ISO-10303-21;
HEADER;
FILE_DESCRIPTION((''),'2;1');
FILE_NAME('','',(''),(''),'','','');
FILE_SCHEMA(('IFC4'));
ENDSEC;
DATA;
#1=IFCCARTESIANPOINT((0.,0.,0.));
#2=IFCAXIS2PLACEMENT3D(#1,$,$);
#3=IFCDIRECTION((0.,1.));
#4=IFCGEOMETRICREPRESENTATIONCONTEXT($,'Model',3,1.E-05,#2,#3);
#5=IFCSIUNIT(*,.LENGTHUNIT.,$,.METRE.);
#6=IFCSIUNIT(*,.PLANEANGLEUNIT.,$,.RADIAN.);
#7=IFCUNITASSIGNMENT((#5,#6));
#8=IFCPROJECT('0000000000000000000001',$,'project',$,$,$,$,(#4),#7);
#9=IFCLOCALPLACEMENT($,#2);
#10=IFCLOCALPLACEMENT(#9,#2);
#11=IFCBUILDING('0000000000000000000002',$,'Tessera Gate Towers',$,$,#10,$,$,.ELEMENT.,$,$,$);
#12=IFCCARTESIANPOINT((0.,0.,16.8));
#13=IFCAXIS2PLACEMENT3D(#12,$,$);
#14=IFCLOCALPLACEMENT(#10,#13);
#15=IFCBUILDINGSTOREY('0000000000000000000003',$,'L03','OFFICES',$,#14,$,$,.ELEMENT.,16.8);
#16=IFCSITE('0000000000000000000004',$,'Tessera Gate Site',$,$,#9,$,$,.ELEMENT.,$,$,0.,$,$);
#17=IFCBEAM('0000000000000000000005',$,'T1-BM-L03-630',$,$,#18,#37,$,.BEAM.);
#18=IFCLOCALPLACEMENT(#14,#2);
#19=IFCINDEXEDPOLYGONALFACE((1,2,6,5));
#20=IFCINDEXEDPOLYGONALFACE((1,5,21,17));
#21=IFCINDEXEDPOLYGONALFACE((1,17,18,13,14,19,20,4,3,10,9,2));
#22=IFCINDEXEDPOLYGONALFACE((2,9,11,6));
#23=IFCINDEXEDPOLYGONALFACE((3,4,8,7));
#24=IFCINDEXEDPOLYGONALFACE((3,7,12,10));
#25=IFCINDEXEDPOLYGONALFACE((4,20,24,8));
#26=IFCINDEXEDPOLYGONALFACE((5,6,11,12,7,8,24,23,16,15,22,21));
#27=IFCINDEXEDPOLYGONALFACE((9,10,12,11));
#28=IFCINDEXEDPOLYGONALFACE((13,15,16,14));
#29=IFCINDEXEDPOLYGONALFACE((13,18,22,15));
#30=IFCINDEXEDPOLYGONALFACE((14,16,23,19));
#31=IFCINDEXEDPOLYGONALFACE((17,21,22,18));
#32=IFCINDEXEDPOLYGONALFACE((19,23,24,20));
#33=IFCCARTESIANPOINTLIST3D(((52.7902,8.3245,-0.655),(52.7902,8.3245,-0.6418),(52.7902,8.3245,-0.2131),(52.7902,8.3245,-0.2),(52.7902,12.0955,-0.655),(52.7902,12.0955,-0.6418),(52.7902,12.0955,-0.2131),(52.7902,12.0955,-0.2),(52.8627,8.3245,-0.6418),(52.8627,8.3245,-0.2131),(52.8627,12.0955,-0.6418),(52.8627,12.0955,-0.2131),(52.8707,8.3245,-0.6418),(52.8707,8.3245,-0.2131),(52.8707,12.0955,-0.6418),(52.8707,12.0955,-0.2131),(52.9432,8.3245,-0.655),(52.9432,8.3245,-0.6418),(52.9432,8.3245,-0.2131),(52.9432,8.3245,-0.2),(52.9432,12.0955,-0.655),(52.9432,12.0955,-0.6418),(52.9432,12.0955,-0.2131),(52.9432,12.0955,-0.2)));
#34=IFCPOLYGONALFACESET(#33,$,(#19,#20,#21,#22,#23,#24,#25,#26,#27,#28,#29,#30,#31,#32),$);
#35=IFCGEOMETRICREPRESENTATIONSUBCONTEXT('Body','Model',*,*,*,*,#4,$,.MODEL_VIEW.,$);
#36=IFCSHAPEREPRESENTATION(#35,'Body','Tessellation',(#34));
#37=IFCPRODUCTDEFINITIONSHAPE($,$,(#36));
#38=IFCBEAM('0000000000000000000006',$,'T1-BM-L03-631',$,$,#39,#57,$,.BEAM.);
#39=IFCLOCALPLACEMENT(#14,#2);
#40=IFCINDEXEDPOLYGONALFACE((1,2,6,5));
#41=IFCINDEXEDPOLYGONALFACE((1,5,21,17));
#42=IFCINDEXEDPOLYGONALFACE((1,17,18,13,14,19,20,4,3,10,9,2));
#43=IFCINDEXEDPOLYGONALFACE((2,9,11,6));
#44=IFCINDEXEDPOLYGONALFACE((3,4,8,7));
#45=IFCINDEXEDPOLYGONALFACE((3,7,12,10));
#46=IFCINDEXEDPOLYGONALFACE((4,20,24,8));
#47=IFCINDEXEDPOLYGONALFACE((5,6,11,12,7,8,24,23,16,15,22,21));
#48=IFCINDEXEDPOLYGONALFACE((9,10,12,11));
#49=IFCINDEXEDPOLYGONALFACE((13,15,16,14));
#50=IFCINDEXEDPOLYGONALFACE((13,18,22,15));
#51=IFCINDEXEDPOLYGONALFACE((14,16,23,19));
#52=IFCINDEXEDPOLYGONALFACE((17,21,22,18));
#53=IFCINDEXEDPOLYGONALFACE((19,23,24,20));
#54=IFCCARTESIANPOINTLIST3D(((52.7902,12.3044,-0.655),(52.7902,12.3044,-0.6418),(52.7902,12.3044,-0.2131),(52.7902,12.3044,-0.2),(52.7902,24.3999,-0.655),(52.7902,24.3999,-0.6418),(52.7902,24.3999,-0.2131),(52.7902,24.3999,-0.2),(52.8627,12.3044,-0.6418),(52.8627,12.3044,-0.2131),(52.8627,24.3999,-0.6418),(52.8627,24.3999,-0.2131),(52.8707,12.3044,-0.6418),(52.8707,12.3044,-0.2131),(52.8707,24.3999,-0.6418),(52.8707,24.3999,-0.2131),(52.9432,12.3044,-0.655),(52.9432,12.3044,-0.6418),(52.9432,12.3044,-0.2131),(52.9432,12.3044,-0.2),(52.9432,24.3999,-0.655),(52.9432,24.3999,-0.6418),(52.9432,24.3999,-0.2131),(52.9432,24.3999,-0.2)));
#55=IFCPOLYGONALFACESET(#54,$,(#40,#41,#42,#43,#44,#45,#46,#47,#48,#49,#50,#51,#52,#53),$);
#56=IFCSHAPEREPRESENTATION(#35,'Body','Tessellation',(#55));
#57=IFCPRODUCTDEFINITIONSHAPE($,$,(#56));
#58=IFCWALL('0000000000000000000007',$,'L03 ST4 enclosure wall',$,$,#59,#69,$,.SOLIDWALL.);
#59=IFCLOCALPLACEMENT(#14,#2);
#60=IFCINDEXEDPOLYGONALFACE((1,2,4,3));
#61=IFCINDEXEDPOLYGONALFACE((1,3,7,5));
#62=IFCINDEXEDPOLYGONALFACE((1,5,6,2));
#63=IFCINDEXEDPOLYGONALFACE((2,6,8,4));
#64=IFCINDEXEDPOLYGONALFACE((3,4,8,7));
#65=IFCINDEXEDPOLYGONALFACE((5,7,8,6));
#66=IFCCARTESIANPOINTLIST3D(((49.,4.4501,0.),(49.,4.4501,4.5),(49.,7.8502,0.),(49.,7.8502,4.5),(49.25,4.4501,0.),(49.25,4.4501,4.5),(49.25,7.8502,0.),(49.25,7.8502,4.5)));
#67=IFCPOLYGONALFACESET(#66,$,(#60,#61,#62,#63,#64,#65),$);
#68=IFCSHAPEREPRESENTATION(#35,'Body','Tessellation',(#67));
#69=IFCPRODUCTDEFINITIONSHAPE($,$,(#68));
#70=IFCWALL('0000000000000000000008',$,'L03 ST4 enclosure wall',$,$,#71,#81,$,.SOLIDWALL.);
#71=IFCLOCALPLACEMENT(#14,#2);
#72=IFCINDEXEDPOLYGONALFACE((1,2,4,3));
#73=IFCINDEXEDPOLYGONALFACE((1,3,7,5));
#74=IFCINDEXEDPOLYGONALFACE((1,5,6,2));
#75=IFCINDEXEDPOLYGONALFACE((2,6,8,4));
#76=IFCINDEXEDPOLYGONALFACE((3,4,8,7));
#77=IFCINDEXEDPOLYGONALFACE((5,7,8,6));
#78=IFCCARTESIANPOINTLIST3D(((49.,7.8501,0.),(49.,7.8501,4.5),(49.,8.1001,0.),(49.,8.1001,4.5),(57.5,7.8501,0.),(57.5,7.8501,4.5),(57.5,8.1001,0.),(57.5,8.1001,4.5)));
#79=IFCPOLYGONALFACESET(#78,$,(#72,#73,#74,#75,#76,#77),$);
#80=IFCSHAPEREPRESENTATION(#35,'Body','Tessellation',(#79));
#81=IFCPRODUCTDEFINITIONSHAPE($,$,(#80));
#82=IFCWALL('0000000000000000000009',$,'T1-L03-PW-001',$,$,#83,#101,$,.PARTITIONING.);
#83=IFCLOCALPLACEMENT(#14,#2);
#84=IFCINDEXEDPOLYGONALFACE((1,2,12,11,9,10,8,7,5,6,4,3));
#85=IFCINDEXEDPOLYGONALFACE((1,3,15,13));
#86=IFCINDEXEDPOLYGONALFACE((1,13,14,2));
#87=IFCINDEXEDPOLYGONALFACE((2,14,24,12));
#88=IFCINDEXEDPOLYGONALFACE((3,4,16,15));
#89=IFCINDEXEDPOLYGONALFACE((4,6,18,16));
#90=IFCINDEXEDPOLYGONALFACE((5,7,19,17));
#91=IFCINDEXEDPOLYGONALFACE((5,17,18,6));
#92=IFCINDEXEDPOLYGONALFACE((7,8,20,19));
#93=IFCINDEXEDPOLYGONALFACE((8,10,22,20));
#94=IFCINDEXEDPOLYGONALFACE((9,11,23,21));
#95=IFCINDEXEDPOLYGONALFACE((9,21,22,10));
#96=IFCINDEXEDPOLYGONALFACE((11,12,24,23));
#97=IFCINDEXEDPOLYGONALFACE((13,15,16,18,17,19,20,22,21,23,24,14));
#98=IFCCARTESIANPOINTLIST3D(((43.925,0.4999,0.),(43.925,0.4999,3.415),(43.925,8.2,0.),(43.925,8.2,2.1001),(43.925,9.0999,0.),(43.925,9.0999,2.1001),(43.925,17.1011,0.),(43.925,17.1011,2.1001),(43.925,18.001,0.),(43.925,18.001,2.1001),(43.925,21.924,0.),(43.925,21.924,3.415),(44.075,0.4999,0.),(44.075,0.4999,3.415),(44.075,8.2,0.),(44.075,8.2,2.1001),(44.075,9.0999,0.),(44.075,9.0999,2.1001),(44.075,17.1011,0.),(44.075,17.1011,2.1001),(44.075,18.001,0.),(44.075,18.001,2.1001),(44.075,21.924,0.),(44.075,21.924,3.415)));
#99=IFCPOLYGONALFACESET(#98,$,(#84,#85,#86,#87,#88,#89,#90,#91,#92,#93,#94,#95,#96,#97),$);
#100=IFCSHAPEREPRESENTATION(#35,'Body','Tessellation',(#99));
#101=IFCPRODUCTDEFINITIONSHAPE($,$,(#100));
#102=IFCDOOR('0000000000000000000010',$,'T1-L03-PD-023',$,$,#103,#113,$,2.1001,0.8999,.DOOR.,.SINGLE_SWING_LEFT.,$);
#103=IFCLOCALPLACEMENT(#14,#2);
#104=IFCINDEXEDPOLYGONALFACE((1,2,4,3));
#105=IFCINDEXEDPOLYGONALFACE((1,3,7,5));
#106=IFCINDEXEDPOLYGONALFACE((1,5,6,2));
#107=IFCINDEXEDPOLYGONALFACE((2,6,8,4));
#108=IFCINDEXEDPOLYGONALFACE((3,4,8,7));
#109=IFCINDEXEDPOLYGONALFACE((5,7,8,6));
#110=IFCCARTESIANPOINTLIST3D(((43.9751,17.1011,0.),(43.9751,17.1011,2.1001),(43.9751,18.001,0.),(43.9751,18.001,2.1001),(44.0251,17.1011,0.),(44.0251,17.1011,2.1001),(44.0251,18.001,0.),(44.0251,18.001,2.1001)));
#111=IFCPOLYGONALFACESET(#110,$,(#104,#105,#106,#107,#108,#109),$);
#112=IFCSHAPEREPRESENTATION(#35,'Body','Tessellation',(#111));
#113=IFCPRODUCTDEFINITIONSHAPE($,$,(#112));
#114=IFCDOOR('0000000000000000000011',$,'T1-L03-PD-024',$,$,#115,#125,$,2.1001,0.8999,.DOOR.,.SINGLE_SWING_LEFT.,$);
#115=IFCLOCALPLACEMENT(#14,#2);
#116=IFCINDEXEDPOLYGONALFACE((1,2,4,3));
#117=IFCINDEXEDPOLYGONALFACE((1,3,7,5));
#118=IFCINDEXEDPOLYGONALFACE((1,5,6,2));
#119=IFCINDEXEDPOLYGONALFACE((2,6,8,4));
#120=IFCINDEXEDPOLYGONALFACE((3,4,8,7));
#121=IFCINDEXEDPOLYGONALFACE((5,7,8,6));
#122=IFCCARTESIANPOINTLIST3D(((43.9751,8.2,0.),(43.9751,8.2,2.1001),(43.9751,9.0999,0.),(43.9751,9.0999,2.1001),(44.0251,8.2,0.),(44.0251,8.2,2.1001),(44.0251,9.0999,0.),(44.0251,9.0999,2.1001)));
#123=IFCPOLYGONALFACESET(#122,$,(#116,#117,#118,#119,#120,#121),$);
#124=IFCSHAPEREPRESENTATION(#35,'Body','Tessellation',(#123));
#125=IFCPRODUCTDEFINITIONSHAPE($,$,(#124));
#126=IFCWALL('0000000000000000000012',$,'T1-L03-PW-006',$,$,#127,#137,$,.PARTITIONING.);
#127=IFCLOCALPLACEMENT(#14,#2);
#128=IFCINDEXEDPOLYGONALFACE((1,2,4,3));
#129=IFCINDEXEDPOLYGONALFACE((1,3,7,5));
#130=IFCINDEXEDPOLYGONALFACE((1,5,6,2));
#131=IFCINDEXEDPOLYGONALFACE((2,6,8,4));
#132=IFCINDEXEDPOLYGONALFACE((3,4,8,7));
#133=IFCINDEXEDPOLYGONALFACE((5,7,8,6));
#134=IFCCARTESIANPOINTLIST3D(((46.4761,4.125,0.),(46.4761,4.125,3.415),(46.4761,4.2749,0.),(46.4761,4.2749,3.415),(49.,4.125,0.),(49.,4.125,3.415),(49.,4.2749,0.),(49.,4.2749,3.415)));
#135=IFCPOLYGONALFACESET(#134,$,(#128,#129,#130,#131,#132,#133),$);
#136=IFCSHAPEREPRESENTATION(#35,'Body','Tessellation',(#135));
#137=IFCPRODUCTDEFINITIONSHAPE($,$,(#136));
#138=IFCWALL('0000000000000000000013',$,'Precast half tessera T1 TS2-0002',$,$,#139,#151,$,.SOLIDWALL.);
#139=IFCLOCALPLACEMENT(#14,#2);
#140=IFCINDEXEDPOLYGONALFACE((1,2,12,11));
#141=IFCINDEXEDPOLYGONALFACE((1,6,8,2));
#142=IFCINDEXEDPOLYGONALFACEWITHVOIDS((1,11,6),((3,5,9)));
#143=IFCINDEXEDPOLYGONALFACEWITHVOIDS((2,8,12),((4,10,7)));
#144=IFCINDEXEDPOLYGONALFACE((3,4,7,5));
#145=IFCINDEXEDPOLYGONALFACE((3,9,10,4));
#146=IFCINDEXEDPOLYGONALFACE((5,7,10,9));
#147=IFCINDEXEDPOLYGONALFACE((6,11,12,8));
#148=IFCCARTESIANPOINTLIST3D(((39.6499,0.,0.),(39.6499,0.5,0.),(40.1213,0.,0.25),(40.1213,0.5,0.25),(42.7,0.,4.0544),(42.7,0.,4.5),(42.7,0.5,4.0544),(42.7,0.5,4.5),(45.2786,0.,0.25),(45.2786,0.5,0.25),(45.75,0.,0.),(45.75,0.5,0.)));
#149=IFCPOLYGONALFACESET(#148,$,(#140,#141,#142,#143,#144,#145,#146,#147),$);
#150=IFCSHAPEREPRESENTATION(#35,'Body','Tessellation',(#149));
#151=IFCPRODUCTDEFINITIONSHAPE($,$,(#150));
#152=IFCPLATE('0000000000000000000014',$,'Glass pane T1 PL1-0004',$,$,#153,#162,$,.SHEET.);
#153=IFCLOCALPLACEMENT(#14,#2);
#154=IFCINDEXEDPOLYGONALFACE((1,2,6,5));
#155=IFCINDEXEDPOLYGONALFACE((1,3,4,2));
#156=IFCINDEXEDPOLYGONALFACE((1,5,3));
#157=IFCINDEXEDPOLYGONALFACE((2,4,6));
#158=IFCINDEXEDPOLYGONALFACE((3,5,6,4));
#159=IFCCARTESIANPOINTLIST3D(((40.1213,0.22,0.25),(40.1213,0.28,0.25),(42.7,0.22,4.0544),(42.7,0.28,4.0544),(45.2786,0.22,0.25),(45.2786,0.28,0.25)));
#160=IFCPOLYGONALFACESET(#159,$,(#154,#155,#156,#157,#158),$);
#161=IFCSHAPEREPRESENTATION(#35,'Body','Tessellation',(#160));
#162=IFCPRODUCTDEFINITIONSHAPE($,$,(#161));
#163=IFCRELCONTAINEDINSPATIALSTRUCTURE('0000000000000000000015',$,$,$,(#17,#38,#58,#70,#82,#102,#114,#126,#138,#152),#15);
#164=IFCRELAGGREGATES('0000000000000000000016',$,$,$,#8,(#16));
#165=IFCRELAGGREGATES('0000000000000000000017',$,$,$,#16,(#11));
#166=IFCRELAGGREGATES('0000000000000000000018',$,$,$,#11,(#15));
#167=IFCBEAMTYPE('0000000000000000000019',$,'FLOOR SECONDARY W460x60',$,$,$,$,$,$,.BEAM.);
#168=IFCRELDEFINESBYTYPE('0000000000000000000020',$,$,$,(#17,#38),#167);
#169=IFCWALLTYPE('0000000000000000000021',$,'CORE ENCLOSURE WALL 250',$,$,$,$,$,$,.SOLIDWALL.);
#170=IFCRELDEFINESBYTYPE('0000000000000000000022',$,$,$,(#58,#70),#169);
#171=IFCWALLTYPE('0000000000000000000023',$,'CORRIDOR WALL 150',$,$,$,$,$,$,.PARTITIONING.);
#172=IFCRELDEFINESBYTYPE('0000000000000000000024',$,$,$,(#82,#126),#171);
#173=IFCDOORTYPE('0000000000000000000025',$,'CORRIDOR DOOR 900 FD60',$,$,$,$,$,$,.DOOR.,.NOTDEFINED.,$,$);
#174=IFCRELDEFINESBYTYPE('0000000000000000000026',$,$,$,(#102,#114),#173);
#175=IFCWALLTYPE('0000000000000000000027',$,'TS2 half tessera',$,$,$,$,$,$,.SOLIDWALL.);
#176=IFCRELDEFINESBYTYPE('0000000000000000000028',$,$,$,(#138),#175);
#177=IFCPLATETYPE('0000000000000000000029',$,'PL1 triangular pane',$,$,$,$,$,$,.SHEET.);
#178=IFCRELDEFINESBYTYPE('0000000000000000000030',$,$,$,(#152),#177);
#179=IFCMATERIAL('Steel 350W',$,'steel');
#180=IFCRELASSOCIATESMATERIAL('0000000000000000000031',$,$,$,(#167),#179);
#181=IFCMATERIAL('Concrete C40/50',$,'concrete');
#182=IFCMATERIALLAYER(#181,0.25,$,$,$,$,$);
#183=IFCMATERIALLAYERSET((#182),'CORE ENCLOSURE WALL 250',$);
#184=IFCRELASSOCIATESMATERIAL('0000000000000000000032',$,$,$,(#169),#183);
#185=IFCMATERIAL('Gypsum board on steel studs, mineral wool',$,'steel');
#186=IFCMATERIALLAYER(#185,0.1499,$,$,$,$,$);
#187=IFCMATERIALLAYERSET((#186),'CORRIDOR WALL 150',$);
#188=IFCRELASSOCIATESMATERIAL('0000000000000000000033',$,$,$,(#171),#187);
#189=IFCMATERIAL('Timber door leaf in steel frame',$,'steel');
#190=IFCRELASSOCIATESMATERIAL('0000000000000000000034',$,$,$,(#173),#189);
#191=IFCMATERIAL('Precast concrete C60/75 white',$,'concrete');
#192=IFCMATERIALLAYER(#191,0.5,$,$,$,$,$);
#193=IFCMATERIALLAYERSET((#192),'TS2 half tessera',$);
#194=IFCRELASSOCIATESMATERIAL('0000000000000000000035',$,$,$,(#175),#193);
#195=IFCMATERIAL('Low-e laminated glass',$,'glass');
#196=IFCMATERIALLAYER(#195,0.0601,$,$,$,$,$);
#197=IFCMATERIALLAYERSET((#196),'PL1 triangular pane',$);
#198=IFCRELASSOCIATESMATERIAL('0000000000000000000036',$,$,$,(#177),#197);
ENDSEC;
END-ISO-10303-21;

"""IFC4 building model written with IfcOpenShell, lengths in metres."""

from ifc_helpers import new_model, si_unit, direction, frame, frame_2d, origin, origin_2d, place, context, subcontext, project, spatial, polyline, rectangle, i_section, outline, extrude, source, transform, mapped, material, layer, layer_set, material_profile, profile_set, type_object, element, fill, save


model = new_model("IFC4")

# Units and contexts
model_context = context("Model", 3, precision=1e-05, world=origin(), true_north=direction((0.0, 1.0)))
body_context = subcontext(model_context, "Body", "Model", "MODEL_VIEW")
ifc_project = project(units=[si_unit("LENGTHUNIT", "METRE"), si_unit("PLANEANGLEUNIT", "RADIAN")], contexts=[model_context])

# Site, building, storey
site_placement = place(None, origin())
site = spatial("IfcSite", under=ifc_project, at=site_placement, Name="Tessera Gate Site", CompositionType="ELEMENT", RefElevation=0.0)
building_placement = place(site_placement, origin())
building = spatial("IfcBuilding", under=site, at=building_placement, Name="Tessera Gate Towers", CompositionType="ELEMENT")
storey_placement = place(building_placement, frame((0.0, 0.0, 16.8)))
storey = spatial("IfcBuildingStorey", under=building, at=storey_placement, Name="L03", Description="OFFICES", CompositionType="ELEMENT", Elevation=16.8)

# Beams
ifc_material_1 = material(Name="Steel 350W", Category="steel")
ifc_material_profile_1 = material_profile(ifc_material_1, i_section(OverallWidth=0.1531, OverallDepth=0.4551, WebThickness=0.0081, FlangeThickness=0.0132, at=origin_2d()), Name="W460x60")
ifc_profile_set_1 = profile_set([ifc_material_profile_1], Name="Steel 350W")
beam_type_1 = type_object("IfcBeamType", Name="FLOOR SECONDARY W460x60", PredefinedType="BEAM", material=ifc_profile_set_1)
beam_1_placement = place(storey_placement, frame((52.8667, 8.3245, -0.4275), z_axis=(0.0, 1.0, 0.0), x_axis=(-1.0, 0.0, 0.0)))
element("IfcBeam", 1, at=beam_1_placement, inside=storey, type_object=beam_type_1, Name="T1-BM-L03-630", PredefinedType="BEAM", context=body_context, shape_type="SweptSolid", body=[
    extrude(i_section(OverallWidth=0.1531, OverallDepth=0.4551, WebThickness=0.0081, FlangeThickness=0.0132, at=origin_2d()), origin(), (0.0, 0.0, 1.0), 3.771),
])
beam_2_placement = place(storey_placement, frame((52.8667, 12.3044, -0.4275), z_axis=(0.0, 1.0, 0.0), x_axis=(-1.0, 0.0, 0.0)))
element("IfcBeam", 2, at=beam_2_placement, inside=storey, type_object=beam_type_1, Name="T1-BM-L03-631", PredefinedType="BEAM", context=body_context, shape_type="SweptSolid", body=[
    extrude(i_section(OverallWidth=0.1531, OverallDepth=0.4551, WebThickness=0.0081, FlangeThickness=0.0132, at=origin_2d()), origin(), (0.0, 0.0, 1.0), 12.0955),
])

# Walls
ifc_material_2 = material(Name="Concrete C40/50", Category="concrete")
ifc_layer_1 = layer(ifc_material_2, 0.25)
ifc_layer_set_1 = layer_set([ifc_layer_1], Name="CORE ENCLOSURE WALL 250")
wall_type_1 = type_object("IfcWallType", Name="CORE ENCLOSURE WALL 250", PredefinedType="SOLIDWALL", material=ifc_layer_set_1)
wall_1_placement = place(storey_placement, frame((49.125, 4.45, 0.0), z_axis=(0.0, 0.0, 1.0), x_axis=(0.0, 1.0, 0.0)))
element("IfcWall", 3, at=wall_1_placement, inside=storey, type_object=wall_type_1, Name="L03 ST4 enclosure wall", PredefinedType="SOLIDWALL", context=body_context, shape_type="SweptSolid", body=[
    extrude(rectangle(XDim=3.4001, YDim=0.25, at=frame_2d((1.7002, 0.0))), origin(), (0.0, 0.0, 1.0), 4.5),
])
wall_2_placement = place(storey_placement, frame((49.0, 7.9751, 0.0), z_axis=(0.0, 0.0, 1.0), x_axis=(1.0, 0.0, 0.0)))
element("IfcWall", 4, at=wall_2_placement, inside=storey, type_object=wall_type_1, Name="L03 ST4 enclosure wall", PredefinedType="SOLIDWALL", context=body_context, shape_type="SweptSolid", body=[
    extrude(rectangle(XDim=8.5, YDim=0.25, at=frame_2d((4.25, 0.0))), origin(), (0.0, 0.0, 1.0), 4.5),
])

# Wall, openings, doors
ifc_material_3 = material(Name="Gypsum board on steel studs, mineral wool", Category="steel")
ifc_layer_2 = layer(ifc_material_3, 0.1499)
ifc_layer_set_2 = layer_set([ifc_layer_2], Name="CORRIDOR WALL 150")
wall_type_2 = type_object("IfcWallType", Name="CORRIDOR WALL 150", PredefinedType="PARTITIONING", material=ifc_layer_set_2)
wall_3_placement = place(storey_placement, frame((44.0, 0.5, 0.0), z_axis=(0.0, 0.0, 1.0), x_axis=(0.0, 1.0, 0.0)))
wall_3 = element("IfcWall", 5, at=wall_3_placement, inside=storey, type_object=wall_type_2, Name="T1-L03-PW-001", PredefinedType="PARTITIONING", context=body_context, shape_type="SweptSolid", body=[
    extrude(rectangle(XDim=21.4241, YDim=0.1499, at=frame_2d((10.7119, 0.0))), origin(), (0.0, 0.0, 1.0), 3.415),
])
shared_shape_1 = source(origin(), body_context, "Body", "SweptSolid", [
    extrude(rectangle(XDim=0.8999, YDim=2.1001, at=frame_2d((0.45, 1.05))), frame((0.0, 0.085, 0.0), z_axis=(0.0, -1.0, 0.0), x_axis=(1.0, 0.0, 0.0)), (0.0, 0.0, 1.0), 0.1699),
])
opening_1_placement = place(wall_3_placement, frame((16.6011, 0.0, 0.0)))
opening_1 = element("IfcOpeningElement", 6, at=opening_1_placement, cuts=wall_3, PredefinedType="OPENING", context=body_context, shape_type="MappedRepresentation", body=[
    mapped(shared_shape_1, transform((0.0, 0.0, 0.0), scale=1.0)),
])
opening_2_placement = place(wall_3_placement, frame((7.7, 0.0, 0.0)))
opening_2 = element("IfcOpeningElement", 7, at=opening_2_placement, cuts=wall_3, PredefinedType="OPENING", context=body_context, shape_type="MappedRepresentation", body=[
    mapped(shared_shape_1, transform((0.0, 0.0, 0.0), scale=1.0)),
])
ifc_material_4 = material(Name="Timber door leaf in steel frame", Category="steel")
door_type = type_object("IfcDoorType", Name="CORRIDOR DOOR 900 FD60", OperationType="NOTDEFINED", PredefinedType="DOOR", material=ifc_material_4)
shared_shape_2 = source(origin(), body_context, "Body", "SweptSolid", [
    extrude(rectangle(XDim=0.8999, YDim=2.1001, at=frame_2d((0.45, 1.05))), frame((0.0, 0.0249, 0.0), z_axis=(0.0, -1.0, 0.0), x_axis=(1.0, 0.0, 0.0)), (0.0, 0.0, 1.0), 0.05),
])
door_1_placement = place(opening_1_placement, origin())
door_1 = element("IfcDoor", 8, at=door_1_placement, inside=storey, type_object=door_type, Name="T1-L03-PD-023", OperationType="SINGLE_SWING_LEFT", OverallHeight=2.1001, OverallWidth=0.8999, PredefinedType="DOOR", context=body_context, shape_type="MappedRepresentation", body=[
    mapped(shared_shape_2, transform((0.0, 0.0, 0.0), scale=1.0)),
])
fill(opening_1, door_1)
door_2_placement = place(opening_2_placement, origin())
door_2 = element("IfcDoor", 9, at=door_2_placement, inside=storey, type_object=door_type, Name="T1-L03-PD-024", OperationType="SINGLE_SWING_LEFT", OverallHeight=2.1001, OverallWidth=0.8999, PredefinedType="DOOR", context=body_context, shape_type="MappedRepresentation", body=[
    mapped(shared_shape_2, transform((0.0, 0.0, 0.0), scale=1.0)),
])
fill(opening_2, door_2)

# Wall
wall_4_placement = place(storey_placement, frame((46.4761, 4.2, 0.0), z_axis=(0.0, 0.0, 1.0), x_axis=(1.0, 0.0, 0.0)))
element("IfcWall", 10, at=wall_4_placement, inside=storey, type_object=wall_type_2, Name="T1-L03-PW-006", PredefinedType="PARTITIONING", context=body_context, shape_type="SweptSolid", body=[
    extrude(rectangle(XDim=2.5239, YDim=0.1499, at=frame_2d((1.262, 0.0))), origin(), (0.0, 0.0, 1.0), 3.415),
])

# Wall, opening, plate
ifc_material_5 = material(Name="Precast concrete C60/75 white", Category="concrete")
ifc_layer_3 = layer(ifc_material_5, 0.5)
ifc_layer_set_3 = layer_set([ifc_layer_3], Name="TS2 half tessera")
wall_type_3 = type_object("IfcWallType", Name="TS2 half tessera", PredefinedType="SOLIDWALL", material=ifc_layer_set_3)
shared_shape_3 = source(origin(), body_context, "Body", "SweptSolid", [
    extrude(outline(polyline([(6.1001, 0.0), (3.05, 4.5), (0.0, 0.0), (6.1001, 0.0)])), frame((0.0, 0.25, 0.0), z_axis=(0.0, -1.0, 0.0), x_axis=(1.0, 0.0, 0.0)), (0.0, 0.0, 1.0), 0.5),
])
wall_5_placement = place(storey_placement, frame((39.6499, 0.25, 0.0), z_axis=(0.0, 0.0, 1.0), x_axis=(1.0, 0.0, 0.0)))
wall_5 = element("IfcWall", 11, at=wall_5_placement, inside=storey, type_object=wall_type_3, Name="Precast half tessera T1 TS2-0002", PredefinedType="SOLIDWALL", context=body_context, shape_type="MappedRepresentation", body=[
    mapped(shared_shape_3, transform((0.0, 0.0, 0.0), scale=1.0)),
])
shared_shape_4 = source(origin(), body_context, "Body", "SweptSolid", [
    extrude(outline(polyline([(5.6287, 0.25), (3.05, 4.0544), (0.4714, 0.25), (5.6287, 0.25)])), frame((0.0, 0.26, 0.0), z_axis=(0.0, -1.0, 0.0), x_axis=(1.0, 0.0, 0.0)), (0.0, 0.0, 1.0), 0.52),
])
opening_3_placement = place(wall_5_placement, origin())
opening_3 = element("IfcOpeningElement", 12, at=opening_3_placement, cuts=wall_5, PredefinedType="OPENING", context=body_context, shape_type="MappedRepresentation", body=[
    mapped(shared_shape_4, transform((0.0, 0.0, 0.0), scale=1.0)),
])
ifc_material_6 = material(Name="Low-e laminated glass", Category="glass")
ifc_layer_4 = layer(ifc_material_6, 0.0601)
ifc_layer_set_4 = layer_set([ifc_layer_4], Name="PL1 triangular pane")
plate_type = type_object("IfcPlateType", Name="PL1 triangular pane", PredefinedType="SHEET", material=ifc_layer_set_4)
shared_shape_5 = source(origin(), body_context, "Body", "SweptSolid", [
    extrude(outline(polyline([(5.6287, 0.25), (3.05, 4.0544), (0.4714, 0.25), (5.6287, 0.25)])), frame((0.0, 0.03, 0.0), z_axis=(0.0, -1.0, 0.0), x_axis=(1.0, 0.0, 0.0)), (0.0, 0.0, 1.0), 0.0601),
])
plate_1_placement = place(opening_3_placement, origin())
plate_1 = element("IfcPlate", 13, at=plate_1_placement, inside=storey, type_object=plate_type, Name="Glass pane T1 PL1-0004", PredefinedType="SHEET", context=body_context, shape_type="MappedRepresentation", body=[
    mapped(shared_shape_5, transform((0.0, 0.0, 0.0), scale=1.0)),
])
fill(opening_3, plate_1)

save(model, "model.ifc")
